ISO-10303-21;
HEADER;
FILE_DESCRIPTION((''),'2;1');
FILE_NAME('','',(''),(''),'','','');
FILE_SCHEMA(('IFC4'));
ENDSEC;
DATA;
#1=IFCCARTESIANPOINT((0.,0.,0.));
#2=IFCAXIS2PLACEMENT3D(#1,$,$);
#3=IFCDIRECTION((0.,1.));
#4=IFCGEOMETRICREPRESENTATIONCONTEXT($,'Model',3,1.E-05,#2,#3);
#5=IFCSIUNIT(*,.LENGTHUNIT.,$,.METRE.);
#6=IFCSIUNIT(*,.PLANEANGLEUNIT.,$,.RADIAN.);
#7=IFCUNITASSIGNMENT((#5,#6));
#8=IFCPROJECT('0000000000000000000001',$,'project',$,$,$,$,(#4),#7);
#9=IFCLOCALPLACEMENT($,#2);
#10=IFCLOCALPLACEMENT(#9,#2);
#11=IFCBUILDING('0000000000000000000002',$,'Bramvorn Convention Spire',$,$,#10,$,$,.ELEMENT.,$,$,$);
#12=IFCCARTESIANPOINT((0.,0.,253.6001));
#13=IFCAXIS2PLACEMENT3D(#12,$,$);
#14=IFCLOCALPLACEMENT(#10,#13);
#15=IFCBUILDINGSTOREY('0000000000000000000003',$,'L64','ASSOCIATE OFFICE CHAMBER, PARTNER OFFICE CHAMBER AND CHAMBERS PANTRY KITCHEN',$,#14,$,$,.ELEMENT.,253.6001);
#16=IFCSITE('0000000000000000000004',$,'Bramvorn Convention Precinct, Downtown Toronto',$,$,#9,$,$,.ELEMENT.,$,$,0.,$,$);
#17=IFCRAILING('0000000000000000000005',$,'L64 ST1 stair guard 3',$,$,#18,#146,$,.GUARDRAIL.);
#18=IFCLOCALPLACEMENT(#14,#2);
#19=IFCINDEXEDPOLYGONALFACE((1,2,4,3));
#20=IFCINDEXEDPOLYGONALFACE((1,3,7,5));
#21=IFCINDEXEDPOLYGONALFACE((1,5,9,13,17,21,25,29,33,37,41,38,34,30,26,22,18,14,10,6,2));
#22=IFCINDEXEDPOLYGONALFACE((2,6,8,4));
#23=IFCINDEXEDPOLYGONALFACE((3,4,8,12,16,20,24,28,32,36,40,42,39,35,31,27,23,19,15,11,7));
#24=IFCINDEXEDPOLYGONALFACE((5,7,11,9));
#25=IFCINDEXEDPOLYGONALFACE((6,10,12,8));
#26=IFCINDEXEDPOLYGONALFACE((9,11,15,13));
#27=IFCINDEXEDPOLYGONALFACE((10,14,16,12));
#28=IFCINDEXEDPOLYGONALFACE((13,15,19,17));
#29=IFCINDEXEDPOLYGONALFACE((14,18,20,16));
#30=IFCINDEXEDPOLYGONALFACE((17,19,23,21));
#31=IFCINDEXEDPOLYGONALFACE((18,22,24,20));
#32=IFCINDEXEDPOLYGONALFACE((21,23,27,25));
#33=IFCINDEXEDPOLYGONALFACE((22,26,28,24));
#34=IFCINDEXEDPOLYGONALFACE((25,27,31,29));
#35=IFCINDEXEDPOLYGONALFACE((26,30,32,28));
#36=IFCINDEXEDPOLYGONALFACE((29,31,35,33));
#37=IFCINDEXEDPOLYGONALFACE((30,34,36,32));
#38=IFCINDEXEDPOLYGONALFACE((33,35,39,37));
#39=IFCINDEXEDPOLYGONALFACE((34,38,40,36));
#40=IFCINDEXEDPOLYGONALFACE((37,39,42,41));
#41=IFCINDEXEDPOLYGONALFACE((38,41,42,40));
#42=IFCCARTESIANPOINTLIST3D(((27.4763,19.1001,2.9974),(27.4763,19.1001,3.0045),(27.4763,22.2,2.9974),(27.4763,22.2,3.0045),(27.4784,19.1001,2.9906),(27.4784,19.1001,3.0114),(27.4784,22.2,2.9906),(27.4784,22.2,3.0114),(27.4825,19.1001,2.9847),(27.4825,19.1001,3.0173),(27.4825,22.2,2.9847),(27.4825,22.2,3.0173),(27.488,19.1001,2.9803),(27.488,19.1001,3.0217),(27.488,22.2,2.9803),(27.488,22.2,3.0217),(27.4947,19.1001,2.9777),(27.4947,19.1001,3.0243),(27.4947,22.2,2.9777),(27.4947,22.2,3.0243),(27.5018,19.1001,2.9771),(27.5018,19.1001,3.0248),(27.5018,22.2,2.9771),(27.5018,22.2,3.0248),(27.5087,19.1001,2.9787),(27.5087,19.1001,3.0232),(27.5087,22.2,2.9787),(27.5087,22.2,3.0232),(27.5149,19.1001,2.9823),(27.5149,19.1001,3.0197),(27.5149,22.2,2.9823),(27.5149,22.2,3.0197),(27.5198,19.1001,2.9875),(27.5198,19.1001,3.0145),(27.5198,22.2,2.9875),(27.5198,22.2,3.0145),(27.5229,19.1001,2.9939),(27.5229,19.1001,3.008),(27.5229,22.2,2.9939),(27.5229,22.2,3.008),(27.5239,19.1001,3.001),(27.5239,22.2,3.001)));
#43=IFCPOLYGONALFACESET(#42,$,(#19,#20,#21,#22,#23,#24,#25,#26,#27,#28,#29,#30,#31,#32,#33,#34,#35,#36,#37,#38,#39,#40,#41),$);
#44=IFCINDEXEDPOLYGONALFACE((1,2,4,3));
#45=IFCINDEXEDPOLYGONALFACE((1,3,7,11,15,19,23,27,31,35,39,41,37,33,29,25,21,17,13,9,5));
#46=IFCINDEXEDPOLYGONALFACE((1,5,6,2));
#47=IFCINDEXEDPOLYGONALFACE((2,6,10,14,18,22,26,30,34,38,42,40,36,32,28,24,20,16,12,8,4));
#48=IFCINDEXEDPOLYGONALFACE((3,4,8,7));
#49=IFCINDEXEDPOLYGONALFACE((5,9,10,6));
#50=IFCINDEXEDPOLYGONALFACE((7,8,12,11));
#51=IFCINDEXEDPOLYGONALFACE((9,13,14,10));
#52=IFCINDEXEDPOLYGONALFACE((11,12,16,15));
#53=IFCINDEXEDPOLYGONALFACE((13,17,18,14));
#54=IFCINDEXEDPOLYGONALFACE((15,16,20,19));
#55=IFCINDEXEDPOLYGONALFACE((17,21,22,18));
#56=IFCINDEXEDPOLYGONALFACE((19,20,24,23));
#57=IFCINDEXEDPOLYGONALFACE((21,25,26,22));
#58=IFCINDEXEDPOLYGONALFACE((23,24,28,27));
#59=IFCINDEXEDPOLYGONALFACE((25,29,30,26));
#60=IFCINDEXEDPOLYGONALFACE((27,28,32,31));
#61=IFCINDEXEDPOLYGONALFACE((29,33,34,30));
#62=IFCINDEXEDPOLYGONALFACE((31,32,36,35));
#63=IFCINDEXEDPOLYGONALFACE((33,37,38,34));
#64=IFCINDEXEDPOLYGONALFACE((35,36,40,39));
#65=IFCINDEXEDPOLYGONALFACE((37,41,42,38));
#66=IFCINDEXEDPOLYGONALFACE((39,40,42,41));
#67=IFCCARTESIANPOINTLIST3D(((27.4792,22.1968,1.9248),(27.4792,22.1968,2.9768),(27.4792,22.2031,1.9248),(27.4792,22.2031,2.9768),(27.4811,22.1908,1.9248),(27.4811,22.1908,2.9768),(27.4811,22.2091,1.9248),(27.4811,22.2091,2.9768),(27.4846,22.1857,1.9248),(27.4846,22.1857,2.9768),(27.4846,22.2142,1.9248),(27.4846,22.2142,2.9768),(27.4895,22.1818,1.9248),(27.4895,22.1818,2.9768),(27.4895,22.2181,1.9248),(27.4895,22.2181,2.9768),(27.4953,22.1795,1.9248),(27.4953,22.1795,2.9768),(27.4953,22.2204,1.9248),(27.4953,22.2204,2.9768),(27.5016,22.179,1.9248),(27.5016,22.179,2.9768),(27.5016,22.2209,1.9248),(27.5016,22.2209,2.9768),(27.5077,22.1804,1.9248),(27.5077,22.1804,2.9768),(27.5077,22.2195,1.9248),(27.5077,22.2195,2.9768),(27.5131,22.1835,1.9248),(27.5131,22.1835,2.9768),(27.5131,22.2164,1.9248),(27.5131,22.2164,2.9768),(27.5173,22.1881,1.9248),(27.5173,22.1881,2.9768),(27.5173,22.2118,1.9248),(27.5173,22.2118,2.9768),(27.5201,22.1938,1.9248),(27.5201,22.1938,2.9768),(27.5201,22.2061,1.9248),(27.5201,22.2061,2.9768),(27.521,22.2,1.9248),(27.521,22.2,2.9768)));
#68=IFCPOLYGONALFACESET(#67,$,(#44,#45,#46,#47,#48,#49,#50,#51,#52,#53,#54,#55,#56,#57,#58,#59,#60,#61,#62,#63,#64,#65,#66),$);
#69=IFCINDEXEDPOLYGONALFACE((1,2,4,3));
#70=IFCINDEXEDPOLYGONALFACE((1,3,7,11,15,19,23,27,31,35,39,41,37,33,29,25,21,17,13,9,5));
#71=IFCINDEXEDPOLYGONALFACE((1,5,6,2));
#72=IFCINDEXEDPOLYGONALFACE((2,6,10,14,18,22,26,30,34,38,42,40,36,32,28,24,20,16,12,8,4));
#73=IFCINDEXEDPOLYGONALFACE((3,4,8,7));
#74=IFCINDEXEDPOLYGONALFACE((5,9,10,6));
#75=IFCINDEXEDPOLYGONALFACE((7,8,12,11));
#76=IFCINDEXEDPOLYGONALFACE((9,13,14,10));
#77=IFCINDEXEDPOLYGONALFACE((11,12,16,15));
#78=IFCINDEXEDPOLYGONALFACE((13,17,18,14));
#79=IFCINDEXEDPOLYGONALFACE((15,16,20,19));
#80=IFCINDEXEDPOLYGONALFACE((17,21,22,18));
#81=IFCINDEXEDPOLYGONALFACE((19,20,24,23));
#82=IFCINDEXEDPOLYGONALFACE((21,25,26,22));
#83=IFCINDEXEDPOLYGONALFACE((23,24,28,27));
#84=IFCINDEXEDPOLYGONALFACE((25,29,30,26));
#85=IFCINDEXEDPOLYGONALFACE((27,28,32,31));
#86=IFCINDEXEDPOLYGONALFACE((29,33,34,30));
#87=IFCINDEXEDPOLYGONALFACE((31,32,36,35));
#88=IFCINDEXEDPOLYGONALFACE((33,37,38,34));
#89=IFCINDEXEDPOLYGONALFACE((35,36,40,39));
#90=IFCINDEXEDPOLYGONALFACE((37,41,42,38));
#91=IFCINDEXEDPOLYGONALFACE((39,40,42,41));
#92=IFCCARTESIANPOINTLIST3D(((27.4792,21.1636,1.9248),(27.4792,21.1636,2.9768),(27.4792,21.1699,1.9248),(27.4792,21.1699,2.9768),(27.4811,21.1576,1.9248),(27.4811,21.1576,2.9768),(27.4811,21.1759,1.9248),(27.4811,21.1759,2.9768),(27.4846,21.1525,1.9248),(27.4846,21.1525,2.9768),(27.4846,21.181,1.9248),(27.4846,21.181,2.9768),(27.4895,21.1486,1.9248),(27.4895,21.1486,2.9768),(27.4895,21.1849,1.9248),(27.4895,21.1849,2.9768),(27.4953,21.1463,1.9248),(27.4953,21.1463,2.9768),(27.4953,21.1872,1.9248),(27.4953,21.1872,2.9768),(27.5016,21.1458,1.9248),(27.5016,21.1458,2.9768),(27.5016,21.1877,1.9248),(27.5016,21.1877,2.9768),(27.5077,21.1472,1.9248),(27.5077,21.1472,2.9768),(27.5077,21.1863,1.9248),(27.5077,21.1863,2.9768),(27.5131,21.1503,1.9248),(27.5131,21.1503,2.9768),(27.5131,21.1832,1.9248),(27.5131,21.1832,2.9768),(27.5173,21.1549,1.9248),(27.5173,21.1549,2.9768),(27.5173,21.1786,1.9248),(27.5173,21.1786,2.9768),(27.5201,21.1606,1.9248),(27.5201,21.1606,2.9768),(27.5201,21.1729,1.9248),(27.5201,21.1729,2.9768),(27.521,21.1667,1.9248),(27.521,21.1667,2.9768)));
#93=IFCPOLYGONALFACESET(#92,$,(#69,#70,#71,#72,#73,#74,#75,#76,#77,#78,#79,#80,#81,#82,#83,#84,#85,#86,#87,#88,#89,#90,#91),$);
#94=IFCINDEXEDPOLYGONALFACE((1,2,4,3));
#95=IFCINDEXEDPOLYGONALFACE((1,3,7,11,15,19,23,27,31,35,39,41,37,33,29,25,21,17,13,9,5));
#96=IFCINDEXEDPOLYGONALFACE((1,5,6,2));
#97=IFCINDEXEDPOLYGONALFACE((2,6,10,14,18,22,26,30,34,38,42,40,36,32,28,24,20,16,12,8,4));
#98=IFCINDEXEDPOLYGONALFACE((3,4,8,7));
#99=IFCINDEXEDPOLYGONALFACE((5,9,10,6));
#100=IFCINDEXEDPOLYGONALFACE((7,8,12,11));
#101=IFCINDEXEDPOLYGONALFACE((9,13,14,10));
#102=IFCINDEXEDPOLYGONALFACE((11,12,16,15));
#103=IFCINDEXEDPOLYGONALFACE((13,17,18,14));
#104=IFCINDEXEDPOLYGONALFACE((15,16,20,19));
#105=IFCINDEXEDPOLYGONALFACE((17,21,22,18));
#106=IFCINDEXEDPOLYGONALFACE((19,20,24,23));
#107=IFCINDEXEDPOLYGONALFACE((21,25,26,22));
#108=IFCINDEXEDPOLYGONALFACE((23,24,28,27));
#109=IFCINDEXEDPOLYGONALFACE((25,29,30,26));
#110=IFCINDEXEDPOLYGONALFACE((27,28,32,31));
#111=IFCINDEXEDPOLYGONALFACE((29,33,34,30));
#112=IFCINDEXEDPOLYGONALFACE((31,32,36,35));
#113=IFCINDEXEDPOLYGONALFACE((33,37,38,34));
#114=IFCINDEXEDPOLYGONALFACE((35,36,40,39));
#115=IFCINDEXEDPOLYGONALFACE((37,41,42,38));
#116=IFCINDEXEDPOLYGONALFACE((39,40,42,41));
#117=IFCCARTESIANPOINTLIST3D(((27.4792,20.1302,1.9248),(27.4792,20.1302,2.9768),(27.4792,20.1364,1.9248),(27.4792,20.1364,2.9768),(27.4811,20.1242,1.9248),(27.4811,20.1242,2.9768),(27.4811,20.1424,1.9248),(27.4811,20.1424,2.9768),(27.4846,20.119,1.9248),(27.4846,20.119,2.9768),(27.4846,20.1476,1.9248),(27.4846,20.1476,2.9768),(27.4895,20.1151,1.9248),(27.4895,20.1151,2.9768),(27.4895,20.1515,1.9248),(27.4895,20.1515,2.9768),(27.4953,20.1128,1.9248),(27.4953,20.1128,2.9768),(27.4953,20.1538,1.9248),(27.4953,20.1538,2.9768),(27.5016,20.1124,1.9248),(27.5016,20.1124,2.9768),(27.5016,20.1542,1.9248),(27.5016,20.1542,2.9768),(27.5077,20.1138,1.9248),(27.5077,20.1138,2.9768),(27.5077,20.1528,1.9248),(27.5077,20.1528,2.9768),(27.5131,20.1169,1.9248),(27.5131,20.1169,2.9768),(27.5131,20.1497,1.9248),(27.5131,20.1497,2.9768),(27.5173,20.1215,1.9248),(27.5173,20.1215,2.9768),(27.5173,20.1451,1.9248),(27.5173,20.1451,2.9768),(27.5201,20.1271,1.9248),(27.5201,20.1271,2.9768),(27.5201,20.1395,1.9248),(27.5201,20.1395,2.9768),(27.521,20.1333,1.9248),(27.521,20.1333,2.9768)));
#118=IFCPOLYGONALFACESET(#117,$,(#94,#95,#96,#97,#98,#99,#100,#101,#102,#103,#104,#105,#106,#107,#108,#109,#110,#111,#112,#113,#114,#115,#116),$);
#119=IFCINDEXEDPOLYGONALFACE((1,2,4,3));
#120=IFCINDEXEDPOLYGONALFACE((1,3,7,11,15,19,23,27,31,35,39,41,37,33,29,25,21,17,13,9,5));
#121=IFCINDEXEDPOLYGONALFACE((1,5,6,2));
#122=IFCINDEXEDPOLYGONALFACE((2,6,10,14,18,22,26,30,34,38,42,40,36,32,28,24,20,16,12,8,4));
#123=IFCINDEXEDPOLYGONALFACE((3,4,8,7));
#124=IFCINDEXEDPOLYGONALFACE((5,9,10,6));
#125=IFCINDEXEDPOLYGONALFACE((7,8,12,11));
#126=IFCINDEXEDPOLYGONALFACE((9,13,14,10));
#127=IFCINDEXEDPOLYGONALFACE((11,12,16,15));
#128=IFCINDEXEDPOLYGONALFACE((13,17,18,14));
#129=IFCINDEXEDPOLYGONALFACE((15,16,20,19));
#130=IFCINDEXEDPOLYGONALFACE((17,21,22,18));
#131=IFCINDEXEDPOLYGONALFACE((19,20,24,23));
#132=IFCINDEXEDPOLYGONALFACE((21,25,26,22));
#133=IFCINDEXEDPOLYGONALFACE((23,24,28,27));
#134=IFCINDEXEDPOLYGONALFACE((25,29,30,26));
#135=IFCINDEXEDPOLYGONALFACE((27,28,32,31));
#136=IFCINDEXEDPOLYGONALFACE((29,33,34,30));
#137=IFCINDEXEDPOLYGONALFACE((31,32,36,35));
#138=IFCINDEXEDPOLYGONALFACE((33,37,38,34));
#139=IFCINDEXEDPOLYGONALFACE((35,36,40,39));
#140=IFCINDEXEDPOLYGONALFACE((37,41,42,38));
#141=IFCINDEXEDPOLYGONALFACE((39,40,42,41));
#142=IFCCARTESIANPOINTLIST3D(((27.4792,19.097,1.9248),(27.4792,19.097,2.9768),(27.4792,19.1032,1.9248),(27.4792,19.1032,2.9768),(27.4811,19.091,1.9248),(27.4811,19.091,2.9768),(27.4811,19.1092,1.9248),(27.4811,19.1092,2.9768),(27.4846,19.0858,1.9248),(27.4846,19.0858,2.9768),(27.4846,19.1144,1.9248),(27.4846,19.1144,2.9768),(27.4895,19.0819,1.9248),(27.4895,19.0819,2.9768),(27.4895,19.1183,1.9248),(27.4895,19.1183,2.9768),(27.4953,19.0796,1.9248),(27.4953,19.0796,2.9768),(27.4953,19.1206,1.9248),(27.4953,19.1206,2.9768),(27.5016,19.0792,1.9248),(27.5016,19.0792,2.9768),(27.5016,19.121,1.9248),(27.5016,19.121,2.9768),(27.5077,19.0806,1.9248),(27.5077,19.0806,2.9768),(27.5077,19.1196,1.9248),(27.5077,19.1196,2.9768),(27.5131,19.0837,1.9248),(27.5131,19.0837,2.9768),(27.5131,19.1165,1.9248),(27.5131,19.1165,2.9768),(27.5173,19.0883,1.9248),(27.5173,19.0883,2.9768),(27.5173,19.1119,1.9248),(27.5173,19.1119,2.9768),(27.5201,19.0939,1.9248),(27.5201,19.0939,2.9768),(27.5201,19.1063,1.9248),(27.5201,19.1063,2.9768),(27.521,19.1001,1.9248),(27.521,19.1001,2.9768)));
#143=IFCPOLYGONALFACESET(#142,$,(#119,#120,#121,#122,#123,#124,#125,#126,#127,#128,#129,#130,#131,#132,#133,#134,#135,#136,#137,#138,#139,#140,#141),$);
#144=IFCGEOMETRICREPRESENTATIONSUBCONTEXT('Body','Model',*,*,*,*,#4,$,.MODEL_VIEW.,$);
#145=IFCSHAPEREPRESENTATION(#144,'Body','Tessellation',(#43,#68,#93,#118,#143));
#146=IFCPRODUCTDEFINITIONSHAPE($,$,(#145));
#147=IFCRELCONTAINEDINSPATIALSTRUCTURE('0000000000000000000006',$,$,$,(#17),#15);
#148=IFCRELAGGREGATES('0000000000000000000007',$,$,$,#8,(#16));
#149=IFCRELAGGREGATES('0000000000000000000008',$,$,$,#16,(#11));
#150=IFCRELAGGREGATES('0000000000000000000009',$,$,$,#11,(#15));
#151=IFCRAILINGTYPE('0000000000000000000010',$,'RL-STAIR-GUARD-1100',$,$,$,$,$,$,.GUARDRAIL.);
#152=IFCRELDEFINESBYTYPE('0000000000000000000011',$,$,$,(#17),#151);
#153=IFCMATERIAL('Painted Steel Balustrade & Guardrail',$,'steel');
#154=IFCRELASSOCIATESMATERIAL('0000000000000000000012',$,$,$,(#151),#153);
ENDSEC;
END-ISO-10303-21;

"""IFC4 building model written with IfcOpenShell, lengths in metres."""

from ifc_helpers import new_model, si_unit, direction, frame, origin, origin_2d, place, context, subcontext, project, spatial, circle, extrude, material, type_object, element, save


model = new_model("IFC4")

# Units and contexts
model_context = context("Model", 3, precision=1e-05, world=origin(), true_north=direction((0.0, 1.0)))
body_context = subcontext(model_context, "Body", "Model", "MODEL_VIEW")
ifc_project = project(units=[si_unit("LENGTHUNIT", "METRE"), si_unit("PLANEANGLEUNIT", "RADIAN")], contexts=[model_context])

# Site, building, storey
site_placement = place(None, origin())
site = spatial("IfcSite", under=ifc_project, at=site_placement, Name="Bramvorn Convention Precinct, Downtown Toronto", CompositionType="ELEMENT", RefElevation=0.0)
building_placement = place(site_placement, origin())
building = spatial("IfcBuilding", under=site, at=building_placement, Name="Bramvorn Convention Spire", CompositionType="ELEMENT")
storey_placement = place(building_placement, frame((0.0, 0.0, 253.6001)))
storey = spatial("IfcBuildingStorey", under=building, at=storey_placement, Name="L64", Description="ASSOCIATE OFFICE CHAMBER, PARTNER OFFICE CHAMBER AND CHAMBERS PANTRY KITCHEN", CompositionType="ELEMENT", Elevation=253.6001)

# Railing
ifc_material_1 = material(Name="Painted Steel Balustrade & Guardrail", Category="steel")
railing_type_1 = type_object("IfcRailingType", Name="RL-STAIR-GUARD-1100", PredefinedType="GUARDRAIL", material=ifc_material_1)
for number, where, name in (
    (1, (27.5, 22.2, 1.9248), "L64 ST1 stair guard 3"),
):
    element("IfcRailing", number, at=place(storey_placement, frame(where)), inside=storey, type_object=railing_type_1, Name=name, PredefinedType="GUARDRAIL", context=body_context, shape_type="SweptSolid", body=[
        extrude(circle(Radius=0.0239, at=origin_2d()), frame((0.0, 0.0, 1.0762), z_axis=(0.0, -1.0, 0.0), x_axis=(1.0, 0.0, 0.0)), (0.0, 0.0, 1.0), 3.0999),
        extrude(circle(Radius=0.021, at=origin_2d()), origin(), (0.0, 0.0, 1.0), 1.052),
        extrude(circle(Radius=0.021, at=origin_2d()), frame((0.0, -1.0332, 0.0)), (0.0, 0.0, 1.0), 1.052),
        extrude(circle(Radius=0.021, at=origin_2d()), frame((0.0, -2.0667, 0.0)), (0.0, 0.0, 1.0), 1.052),
        extrude(circle(Radius=0.021, at=origin_2d()), frame((0.0, -3.0999, 0.0)), (0.0, 0.0, 1.0), 1.052),
    ])

save(model, "model.ifc")
